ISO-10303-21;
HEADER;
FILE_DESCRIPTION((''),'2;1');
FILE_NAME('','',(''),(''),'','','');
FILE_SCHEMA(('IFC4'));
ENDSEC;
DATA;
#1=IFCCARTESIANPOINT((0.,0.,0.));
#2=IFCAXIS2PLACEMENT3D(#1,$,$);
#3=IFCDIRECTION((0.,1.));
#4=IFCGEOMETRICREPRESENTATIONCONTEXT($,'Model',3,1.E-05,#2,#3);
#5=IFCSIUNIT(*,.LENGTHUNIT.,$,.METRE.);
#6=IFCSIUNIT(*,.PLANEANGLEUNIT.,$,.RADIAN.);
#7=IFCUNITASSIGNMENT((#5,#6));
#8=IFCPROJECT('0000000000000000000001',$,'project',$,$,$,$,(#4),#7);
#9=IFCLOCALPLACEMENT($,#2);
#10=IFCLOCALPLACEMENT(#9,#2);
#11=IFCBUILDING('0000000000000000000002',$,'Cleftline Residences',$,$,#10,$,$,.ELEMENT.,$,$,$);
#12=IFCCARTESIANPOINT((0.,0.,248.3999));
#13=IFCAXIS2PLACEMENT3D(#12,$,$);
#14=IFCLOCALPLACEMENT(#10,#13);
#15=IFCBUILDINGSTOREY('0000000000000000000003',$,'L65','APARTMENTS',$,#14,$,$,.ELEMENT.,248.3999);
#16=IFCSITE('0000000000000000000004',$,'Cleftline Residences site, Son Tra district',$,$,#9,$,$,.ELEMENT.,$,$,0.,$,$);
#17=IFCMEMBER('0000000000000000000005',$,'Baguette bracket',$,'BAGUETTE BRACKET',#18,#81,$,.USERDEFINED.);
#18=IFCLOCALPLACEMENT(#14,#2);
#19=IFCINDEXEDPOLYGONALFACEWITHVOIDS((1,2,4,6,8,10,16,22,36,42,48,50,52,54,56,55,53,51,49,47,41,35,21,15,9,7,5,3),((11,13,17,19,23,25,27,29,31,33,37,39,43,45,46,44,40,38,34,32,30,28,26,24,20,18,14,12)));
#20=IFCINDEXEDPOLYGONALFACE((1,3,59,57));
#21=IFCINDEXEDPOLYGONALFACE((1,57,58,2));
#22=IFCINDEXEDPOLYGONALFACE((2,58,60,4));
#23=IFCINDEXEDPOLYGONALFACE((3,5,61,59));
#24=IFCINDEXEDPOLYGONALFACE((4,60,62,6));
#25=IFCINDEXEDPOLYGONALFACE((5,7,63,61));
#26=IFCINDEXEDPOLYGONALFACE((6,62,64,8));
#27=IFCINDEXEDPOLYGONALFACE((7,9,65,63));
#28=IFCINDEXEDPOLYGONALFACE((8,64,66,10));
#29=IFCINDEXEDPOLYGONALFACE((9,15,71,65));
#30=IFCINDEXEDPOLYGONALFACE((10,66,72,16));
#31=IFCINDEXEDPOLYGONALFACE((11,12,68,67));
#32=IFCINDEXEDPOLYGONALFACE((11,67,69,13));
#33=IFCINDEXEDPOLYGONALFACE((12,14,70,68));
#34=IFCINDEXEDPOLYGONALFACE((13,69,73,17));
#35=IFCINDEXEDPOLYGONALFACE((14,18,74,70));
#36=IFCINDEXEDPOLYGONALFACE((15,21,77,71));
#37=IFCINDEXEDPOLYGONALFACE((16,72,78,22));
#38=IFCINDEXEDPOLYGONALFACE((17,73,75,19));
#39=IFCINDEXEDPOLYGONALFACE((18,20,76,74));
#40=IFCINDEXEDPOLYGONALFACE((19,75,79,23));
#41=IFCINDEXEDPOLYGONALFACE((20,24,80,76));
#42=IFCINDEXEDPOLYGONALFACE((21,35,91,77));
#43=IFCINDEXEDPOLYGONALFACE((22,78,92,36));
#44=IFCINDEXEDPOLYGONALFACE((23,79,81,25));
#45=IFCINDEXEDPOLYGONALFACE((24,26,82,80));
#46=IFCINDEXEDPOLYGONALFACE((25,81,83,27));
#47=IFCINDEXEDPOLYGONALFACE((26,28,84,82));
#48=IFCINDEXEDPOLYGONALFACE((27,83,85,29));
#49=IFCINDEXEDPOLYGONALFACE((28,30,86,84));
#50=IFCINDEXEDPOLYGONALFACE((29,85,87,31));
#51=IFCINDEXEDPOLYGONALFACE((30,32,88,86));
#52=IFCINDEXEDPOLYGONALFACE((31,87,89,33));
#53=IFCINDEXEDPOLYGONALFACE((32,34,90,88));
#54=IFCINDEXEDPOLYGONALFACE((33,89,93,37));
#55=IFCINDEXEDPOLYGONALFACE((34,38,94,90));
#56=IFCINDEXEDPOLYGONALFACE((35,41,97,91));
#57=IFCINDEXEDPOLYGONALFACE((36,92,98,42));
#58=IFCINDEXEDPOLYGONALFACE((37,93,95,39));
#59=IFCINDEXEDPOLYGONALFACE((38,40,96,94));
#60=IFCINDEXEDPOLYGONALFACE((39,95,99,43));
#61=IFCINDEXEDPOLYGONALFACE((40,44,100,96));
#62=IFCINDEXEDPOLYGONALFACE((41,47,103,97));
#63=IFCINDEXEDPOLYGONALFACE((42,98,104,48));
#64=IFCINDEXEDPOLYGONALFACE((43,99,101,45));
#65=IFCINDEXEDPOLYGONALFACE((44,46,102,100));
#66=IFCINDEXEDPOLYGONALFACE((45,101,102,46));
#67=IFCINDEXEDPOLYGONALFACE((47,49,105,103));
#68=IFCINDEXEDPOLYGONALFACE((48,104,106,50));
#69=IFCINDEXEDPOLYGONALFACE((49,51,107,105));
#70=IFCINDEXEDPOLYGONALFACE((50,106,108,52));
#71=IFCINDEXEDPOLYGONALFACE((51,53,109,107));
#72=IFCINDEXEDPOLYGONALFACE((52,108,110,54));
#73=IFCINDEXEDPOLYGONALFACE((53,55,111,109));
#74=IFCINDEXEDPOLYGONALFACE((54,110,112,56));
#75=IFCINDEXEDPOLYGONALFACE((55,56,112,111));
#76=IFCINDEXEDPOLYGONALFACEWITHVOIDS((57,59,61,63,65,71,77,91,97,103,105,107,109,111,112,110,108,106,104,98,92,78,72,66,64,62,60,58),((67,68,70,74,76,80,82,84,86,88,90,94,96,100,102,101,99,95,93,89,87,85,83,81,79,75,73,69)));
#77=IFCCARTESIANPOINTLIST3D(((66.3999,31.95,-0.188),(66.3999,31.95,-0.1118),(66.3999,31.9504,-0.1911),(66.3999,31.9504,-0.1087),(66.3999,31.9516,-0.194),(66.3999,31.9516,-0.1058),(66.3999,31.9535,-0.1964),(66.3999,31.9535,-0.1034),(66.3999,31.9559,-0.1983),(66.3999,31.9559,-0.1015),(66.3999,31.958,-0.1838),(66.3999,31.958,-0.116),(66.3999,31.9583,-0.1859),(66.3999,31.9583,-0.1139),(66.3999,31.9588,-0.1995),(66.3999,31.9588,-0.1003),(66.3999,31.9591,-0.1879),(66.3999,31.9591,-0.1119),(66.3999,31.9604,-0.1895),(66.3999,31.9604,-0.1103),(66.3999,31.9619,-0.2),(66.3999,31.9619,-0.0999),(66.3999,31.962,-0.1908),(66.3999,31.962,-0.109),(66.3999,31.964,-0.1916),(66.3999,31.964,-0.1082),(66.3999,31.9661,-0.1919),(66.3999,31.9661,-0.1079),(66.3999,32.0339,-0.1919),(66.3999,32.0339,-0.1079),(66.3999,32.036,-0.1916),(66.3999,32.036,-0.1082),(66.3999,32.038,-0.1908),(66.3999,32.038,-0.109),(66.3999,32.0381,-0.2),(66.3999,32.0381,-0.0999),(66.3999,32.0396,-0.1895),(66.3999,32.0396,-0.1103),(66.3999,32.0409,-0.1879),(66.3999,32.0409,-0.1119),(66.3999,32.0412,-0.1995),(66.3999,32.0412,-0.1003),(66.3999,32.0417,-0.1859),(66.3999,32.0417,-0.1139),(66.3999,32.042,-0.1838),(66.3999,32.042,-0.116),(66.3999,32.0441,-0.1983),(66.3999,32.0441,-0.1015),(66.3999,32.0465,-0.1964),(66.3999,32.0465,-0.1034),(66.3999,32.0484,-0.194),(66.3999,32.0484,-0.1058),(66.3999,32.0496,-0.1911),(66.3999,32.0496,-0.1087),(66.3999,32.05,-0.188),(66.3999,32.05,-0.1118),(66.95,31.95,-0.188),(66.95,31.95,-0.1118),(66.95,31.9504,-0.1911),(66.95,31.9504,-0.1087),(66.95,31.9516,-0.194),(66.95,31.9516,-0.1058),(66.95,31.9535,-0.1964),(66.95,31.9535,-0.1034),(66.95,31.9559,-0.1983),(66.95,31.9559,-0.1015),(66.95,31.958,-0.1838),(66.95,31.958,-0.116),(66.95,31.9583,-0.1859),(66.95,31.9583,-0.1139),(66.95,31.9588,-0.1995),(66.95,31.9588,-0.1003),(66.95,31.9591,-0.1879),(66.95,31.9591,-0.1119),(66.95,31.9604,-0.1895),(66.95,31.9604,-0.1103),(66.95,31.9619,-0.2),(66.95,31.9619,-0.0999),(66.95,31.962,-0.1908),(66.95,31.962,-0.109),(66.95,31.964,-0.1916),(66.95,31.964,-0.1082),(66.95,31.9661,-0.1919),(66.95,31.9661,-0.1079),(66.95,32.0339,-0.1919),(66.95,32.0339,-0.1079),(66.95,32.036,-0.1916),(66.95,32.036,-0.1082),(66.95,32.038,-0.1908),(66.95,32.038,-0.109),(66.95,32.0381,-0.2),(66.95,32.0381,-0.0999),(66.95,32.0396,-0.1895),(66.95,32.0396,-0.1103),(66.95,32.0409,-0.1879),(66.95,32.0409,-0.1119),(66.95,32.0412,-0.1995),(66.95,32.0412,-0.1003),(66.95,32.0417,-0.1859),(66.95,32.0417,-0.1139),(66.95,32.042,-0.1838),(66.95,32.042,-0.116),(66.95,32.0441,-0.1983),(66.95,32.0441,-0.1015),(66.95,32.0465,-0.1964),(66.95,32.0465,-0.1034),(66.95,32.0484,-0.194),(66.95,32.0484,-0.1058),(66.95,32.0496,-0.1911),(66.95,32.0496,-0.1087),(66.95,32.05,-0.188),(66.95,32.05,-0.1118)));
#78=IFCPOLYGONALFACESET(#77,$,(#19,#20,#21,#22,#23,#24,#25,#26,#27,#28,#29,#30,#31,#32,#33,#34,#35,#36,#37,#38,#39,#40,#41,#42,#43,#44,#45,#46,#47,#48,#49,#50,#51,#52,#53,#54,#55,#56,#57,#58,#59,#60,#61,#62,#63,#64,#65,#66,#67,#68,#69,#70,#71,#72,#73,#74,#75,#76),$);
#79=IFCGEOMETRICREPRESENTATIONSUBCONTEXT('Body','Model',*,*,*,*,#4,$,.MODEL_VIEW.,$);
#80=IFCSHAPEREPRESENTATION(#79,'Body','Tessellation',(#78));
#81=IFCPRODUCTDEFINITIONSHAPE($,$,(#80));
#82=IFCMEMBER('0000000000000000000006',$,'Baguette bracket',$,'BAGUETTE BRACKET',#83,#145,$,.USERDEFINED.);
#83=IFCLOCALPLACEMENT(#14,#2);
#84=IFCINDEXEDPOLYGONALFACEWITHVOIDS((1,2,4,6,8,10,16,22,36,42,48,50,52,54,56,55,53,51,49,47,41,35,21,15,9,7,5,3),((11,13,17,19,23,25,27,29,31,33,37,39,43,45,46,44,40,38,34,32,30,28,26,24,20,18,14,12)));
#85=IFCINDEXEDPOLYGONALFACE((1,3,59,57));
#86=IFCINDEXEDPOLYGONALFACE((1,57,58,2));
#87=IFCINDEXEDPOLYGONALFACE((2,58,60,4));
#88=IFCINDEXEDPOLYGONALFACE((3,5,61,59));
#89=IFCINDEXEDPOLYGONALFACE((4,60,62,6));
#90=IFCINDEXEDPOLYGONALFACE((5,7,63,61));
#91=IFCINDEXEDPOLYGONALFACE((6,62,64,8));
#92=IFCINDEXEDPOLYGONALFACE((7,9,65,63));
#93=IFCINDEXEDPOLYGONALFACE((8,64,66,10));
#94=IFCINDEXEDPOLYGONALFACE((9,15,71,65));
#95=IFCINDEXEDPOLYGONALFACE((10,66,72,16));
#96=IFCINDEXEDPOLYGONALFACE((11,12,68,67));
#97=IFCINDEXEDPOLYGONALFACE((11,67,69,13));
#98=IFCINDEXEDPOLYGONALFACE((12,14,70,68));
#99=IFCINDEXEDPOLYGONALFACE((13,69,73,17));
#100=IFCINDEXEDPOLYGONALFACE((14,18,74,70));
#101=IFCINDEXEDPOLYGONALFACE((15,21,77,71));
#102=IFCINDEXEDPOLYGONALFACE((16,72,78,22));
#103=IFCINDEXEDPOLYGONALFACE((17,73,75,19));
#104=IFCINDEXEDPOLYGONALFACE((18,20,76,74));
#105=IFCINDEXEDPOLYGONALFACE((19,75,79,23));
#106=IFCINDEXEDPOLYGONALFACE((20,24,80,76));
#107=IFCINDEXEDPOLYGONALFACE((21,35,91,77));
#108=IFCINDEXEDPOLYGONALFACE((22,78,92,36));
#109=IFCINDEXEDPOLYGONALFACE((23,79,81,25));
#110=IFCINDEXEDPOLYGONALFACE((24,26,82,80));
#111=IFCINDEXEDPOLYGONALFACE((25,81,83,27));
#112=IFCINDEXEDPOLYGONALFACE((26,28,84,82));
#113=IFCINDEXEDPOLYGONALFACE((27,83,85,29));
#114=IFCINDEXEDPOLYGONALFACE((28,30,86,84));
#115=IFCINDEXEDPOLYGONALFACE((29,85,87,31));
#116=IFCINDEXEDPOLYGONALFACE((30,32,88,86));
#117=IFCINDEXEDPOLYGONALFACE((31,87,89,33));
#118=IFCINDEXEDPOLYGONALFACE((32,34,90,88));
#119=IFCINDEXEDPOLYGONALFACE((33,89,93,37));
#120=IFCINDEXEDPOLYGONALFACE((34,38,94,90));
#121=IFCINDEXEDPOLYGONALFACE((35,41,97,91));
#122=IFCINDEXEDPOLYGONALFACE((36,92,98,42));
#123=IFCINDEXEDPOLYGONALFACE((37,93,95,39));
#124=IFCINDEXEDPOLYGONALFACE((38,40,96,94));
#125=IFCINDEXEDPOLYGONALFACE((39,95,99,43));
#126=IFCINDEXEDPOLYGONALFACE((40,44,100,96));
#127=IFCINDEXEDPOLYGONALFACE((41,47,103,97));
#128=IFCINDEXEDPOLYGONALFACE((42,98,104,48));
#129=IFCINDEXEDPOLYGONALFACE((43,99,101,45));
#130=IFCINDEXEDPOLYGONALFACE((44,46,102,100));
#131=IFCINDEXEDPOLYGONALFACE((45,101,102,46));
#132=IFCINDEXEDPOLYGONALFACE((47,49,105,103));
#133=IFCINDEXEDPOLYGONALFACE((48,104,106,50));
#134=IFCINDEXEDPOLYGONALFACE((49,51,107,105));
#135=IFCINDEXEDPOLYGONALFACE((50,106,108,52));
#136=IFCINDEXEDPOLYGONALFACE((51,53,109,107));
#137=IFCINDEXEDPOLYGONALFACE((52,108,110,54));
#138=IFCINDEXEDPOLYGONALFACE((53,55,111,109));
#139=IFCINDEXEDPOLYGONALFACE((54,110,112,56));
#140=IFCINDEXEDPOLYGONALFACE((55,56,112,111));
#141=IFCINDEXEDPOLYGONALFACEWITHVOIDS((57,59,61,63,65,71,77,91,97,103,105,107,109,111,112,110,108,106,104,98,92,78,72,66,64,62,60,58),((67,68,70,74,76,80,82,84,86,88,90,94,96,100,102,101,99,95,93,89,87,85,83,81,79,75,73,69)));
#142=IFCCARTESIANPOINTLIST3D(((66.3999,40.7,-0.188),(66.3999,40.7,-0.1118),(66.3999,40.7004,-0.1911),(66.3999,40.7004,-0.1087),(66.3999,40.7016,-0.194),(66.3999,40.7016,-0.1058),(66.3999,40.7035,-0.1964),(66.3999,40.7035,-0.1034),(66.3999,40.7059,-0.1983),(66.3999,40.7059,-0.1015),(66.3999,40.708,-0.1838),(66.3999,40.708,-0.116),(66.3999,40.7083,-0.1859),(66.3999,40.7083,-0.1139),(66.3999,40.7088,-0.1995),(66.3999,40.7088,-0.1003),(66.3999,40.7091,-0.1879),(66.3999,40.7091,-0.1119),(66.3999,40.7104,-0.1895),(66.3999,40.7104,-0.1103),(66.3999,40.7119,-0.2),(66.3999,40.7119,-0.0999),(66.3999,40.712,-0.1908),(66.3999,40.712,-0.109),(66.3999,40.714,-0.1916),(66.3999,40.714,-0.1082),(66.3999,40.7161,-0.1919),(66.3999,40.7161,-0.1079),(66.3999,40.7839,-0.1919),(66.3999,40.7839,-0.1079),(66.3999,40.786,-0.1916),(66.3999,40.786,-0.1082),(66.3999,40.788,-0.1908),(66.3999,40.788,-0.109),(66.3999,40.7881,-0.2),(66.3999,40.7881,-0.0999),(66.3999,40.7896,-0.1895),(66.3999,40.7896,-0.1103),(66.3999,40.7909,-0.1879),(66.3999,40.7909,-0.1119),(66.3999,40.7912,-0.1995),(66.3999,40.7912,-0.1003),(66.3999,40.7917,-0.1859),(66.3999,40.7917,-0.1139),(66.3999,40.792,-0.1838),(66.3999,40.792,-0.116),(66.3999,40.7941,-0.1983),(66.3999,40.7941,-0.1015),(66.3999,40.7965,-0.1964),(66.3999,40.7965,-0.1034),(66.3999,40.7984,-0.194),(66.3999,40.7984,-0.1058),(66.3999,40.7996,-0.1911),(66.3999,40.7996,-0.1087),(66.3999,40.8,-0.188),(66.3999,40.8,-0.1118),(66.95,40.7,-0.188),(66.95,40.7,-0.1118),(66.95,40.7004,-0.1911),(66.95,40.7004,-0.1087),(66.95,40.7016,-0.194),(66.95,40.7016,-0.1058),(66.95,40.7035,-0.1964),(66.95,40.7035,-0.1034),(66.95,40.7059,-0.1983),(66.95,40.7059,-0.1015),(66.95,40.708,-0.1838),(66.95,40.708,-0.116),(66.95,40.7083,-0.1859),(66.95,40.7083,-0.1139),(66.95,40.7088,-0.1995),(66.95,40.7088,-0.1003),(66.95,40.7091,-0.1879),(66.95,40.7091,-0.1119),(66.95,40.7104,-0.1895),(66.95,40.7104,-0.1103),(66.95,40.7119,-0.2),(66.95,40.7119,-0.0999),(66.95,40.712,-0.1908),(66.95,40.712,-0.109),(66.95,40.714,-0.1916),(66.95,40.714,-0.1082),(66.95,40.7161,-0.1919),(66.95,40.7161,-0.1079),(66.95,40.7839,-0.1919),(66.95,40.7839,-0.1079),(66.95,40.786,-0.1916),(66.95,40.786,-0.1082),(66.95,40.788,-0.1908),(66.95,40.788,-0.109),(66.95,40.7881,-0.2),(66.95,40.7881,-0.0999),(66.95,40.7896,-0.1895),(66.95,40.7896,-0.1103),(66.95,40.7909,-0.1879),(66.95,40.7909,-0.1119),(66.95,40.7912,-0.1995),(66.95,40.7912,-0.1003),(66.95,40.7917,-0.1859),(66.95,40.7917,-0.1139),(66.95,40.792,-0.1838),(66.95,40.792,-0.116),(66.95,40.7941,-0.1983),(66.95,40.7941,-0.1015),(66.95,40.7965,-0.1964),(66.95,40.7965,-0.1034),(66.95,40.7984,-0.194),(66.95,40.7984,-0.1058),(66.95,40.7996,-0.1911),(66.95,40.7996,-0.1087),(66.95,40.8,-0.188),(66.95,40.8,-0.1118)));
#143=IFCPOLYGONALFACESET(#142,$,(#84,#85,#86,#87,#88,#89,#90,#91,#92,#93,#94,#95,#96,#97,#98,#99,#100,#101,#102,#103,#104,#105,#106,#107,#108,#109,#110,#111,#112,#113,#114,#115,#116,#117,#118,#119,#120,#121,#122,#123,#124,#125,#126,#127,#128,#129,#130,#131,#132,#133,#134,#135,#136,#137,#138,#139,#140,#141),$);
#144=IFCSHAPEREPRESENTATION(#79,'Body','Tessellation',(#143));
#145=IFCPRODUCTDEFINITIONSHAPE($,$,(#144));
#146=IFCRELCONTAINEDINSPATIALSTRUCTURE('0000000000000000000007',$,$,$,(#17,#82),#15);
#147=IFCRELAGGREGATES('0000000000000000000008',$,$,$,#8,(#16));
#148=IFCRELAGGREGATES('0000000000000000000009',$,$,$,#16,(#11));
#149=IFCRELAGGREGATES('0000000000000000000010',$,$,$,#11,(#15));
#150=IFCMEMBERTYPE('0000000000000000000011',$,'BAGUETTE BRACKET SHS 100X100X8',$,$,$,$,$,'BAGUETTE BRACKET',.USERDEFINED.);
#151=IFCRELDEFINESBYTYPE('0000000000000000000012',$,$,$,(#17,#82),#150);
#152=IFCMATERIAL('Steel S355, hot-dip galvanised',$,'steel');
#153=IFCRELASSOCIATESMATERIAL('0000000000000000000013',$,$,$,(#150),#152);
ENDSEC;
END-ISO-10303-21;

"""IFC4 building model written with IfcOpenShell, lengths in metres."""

from ifc_helpers import new_model, si_unit, direction, frame, origin, origin_2d, place, context, subcontext, project, spatial, hollow_rectangle, extrude, material, material_profile, profile_set, type_object, element, save


model = new_model("IFC4")

# Units and contexts
model_context = context("Model", 3, precision=1e-05, world=origin(), true_north=direction((0.0, 1.0)))
body_context = subcontext(model_context, "Body", "Model", "MODEL_VIEW")
ifc_project = project(units=[si_unit("LENGTHUNIT", "METRE"), si_unit("PLANEANGLEUNIT", "RADIAN")], contexts=[model_context])

# Site, building, storey
site_placement = place(None, origin())
site = spatial("IfcSite", under=ifc_project, at=site_placement, Name="Cleftline Residences site, Son Tra district", CompositionType="ELEMENT", RefElevation=0.0)
building_placement = place(site_placement, origin())
building = spatial("IfcBuilding", under=site, at=building_placement, Name="Cleftline Residences", CompositionType="ELEMENT")
storey_placement = place(building_placement, frame((0.0, 0.0, 248.3999)))
storey = spatial("IfcBuildingStorey", under=building, at=storey_placement, Name="L65", Description="APARTMENTS", CompositionType="ELEMENT", Elevation=248.3999)

# Members
ifc_material_1 = material(Name="Steel S355, hot-dip galvanised", Category="steel")
ifc_material_profile_1 = material_profile(ifc_material_1, hollow_rectangle(XDim=0.1001, YDim=0.1001, WallThickness=0.0081, InnerFilletRadius=0.0081, OuterFilletRadius=0.012, at=origin_2d()))
ifc_profile_set_1 = profile_set([ifc_material_profile_1], Name="Steel S355, hot-dip galvanised")
member_type_1 = type_object("IfcMemberType", Name="BAGUETTE BRACKET SHS 100X100X8", ElementType="BAGUETTE BRACKET", PredefinedType="USERDEFINED", material=ifc_profile_set_1)
for number, where, z_axis, x_axis, name in (
    (1, (66.3999, 32.0, -0.1499), (1.0, 0.0, 0.0), (0.0, 1.0, 0.0), "Baguette bracket"),
    (2, (66.3999, 40.75, -0.1499), (1.0, 0.0, 0.0), (0.0, 1.0, 0.0), "Baguette bracket"),
):
    element("IfcMember", number, at=place(storey_placement, frame(where, z_axis=z_axis, x_axis=x_axis)), inside=storey, type_object=member_type_1, Name=name, ObjectType="BAGUETTE BRACKET", PredefinedType="USERDEFINED", context=body_context, shape_type="SweptSolid", body=[
        extrude(hollow_rectangle(XDim=0.1001, YDim=0.1001, WallThickness=0.0081, InnerFilletRadius=0.0081, OuterFilletRadius=0.012, at=origin_2d()), origin(), (0.0, 0.0, 1.0), 0.55),
    ])

save(model, "model.ifc")
